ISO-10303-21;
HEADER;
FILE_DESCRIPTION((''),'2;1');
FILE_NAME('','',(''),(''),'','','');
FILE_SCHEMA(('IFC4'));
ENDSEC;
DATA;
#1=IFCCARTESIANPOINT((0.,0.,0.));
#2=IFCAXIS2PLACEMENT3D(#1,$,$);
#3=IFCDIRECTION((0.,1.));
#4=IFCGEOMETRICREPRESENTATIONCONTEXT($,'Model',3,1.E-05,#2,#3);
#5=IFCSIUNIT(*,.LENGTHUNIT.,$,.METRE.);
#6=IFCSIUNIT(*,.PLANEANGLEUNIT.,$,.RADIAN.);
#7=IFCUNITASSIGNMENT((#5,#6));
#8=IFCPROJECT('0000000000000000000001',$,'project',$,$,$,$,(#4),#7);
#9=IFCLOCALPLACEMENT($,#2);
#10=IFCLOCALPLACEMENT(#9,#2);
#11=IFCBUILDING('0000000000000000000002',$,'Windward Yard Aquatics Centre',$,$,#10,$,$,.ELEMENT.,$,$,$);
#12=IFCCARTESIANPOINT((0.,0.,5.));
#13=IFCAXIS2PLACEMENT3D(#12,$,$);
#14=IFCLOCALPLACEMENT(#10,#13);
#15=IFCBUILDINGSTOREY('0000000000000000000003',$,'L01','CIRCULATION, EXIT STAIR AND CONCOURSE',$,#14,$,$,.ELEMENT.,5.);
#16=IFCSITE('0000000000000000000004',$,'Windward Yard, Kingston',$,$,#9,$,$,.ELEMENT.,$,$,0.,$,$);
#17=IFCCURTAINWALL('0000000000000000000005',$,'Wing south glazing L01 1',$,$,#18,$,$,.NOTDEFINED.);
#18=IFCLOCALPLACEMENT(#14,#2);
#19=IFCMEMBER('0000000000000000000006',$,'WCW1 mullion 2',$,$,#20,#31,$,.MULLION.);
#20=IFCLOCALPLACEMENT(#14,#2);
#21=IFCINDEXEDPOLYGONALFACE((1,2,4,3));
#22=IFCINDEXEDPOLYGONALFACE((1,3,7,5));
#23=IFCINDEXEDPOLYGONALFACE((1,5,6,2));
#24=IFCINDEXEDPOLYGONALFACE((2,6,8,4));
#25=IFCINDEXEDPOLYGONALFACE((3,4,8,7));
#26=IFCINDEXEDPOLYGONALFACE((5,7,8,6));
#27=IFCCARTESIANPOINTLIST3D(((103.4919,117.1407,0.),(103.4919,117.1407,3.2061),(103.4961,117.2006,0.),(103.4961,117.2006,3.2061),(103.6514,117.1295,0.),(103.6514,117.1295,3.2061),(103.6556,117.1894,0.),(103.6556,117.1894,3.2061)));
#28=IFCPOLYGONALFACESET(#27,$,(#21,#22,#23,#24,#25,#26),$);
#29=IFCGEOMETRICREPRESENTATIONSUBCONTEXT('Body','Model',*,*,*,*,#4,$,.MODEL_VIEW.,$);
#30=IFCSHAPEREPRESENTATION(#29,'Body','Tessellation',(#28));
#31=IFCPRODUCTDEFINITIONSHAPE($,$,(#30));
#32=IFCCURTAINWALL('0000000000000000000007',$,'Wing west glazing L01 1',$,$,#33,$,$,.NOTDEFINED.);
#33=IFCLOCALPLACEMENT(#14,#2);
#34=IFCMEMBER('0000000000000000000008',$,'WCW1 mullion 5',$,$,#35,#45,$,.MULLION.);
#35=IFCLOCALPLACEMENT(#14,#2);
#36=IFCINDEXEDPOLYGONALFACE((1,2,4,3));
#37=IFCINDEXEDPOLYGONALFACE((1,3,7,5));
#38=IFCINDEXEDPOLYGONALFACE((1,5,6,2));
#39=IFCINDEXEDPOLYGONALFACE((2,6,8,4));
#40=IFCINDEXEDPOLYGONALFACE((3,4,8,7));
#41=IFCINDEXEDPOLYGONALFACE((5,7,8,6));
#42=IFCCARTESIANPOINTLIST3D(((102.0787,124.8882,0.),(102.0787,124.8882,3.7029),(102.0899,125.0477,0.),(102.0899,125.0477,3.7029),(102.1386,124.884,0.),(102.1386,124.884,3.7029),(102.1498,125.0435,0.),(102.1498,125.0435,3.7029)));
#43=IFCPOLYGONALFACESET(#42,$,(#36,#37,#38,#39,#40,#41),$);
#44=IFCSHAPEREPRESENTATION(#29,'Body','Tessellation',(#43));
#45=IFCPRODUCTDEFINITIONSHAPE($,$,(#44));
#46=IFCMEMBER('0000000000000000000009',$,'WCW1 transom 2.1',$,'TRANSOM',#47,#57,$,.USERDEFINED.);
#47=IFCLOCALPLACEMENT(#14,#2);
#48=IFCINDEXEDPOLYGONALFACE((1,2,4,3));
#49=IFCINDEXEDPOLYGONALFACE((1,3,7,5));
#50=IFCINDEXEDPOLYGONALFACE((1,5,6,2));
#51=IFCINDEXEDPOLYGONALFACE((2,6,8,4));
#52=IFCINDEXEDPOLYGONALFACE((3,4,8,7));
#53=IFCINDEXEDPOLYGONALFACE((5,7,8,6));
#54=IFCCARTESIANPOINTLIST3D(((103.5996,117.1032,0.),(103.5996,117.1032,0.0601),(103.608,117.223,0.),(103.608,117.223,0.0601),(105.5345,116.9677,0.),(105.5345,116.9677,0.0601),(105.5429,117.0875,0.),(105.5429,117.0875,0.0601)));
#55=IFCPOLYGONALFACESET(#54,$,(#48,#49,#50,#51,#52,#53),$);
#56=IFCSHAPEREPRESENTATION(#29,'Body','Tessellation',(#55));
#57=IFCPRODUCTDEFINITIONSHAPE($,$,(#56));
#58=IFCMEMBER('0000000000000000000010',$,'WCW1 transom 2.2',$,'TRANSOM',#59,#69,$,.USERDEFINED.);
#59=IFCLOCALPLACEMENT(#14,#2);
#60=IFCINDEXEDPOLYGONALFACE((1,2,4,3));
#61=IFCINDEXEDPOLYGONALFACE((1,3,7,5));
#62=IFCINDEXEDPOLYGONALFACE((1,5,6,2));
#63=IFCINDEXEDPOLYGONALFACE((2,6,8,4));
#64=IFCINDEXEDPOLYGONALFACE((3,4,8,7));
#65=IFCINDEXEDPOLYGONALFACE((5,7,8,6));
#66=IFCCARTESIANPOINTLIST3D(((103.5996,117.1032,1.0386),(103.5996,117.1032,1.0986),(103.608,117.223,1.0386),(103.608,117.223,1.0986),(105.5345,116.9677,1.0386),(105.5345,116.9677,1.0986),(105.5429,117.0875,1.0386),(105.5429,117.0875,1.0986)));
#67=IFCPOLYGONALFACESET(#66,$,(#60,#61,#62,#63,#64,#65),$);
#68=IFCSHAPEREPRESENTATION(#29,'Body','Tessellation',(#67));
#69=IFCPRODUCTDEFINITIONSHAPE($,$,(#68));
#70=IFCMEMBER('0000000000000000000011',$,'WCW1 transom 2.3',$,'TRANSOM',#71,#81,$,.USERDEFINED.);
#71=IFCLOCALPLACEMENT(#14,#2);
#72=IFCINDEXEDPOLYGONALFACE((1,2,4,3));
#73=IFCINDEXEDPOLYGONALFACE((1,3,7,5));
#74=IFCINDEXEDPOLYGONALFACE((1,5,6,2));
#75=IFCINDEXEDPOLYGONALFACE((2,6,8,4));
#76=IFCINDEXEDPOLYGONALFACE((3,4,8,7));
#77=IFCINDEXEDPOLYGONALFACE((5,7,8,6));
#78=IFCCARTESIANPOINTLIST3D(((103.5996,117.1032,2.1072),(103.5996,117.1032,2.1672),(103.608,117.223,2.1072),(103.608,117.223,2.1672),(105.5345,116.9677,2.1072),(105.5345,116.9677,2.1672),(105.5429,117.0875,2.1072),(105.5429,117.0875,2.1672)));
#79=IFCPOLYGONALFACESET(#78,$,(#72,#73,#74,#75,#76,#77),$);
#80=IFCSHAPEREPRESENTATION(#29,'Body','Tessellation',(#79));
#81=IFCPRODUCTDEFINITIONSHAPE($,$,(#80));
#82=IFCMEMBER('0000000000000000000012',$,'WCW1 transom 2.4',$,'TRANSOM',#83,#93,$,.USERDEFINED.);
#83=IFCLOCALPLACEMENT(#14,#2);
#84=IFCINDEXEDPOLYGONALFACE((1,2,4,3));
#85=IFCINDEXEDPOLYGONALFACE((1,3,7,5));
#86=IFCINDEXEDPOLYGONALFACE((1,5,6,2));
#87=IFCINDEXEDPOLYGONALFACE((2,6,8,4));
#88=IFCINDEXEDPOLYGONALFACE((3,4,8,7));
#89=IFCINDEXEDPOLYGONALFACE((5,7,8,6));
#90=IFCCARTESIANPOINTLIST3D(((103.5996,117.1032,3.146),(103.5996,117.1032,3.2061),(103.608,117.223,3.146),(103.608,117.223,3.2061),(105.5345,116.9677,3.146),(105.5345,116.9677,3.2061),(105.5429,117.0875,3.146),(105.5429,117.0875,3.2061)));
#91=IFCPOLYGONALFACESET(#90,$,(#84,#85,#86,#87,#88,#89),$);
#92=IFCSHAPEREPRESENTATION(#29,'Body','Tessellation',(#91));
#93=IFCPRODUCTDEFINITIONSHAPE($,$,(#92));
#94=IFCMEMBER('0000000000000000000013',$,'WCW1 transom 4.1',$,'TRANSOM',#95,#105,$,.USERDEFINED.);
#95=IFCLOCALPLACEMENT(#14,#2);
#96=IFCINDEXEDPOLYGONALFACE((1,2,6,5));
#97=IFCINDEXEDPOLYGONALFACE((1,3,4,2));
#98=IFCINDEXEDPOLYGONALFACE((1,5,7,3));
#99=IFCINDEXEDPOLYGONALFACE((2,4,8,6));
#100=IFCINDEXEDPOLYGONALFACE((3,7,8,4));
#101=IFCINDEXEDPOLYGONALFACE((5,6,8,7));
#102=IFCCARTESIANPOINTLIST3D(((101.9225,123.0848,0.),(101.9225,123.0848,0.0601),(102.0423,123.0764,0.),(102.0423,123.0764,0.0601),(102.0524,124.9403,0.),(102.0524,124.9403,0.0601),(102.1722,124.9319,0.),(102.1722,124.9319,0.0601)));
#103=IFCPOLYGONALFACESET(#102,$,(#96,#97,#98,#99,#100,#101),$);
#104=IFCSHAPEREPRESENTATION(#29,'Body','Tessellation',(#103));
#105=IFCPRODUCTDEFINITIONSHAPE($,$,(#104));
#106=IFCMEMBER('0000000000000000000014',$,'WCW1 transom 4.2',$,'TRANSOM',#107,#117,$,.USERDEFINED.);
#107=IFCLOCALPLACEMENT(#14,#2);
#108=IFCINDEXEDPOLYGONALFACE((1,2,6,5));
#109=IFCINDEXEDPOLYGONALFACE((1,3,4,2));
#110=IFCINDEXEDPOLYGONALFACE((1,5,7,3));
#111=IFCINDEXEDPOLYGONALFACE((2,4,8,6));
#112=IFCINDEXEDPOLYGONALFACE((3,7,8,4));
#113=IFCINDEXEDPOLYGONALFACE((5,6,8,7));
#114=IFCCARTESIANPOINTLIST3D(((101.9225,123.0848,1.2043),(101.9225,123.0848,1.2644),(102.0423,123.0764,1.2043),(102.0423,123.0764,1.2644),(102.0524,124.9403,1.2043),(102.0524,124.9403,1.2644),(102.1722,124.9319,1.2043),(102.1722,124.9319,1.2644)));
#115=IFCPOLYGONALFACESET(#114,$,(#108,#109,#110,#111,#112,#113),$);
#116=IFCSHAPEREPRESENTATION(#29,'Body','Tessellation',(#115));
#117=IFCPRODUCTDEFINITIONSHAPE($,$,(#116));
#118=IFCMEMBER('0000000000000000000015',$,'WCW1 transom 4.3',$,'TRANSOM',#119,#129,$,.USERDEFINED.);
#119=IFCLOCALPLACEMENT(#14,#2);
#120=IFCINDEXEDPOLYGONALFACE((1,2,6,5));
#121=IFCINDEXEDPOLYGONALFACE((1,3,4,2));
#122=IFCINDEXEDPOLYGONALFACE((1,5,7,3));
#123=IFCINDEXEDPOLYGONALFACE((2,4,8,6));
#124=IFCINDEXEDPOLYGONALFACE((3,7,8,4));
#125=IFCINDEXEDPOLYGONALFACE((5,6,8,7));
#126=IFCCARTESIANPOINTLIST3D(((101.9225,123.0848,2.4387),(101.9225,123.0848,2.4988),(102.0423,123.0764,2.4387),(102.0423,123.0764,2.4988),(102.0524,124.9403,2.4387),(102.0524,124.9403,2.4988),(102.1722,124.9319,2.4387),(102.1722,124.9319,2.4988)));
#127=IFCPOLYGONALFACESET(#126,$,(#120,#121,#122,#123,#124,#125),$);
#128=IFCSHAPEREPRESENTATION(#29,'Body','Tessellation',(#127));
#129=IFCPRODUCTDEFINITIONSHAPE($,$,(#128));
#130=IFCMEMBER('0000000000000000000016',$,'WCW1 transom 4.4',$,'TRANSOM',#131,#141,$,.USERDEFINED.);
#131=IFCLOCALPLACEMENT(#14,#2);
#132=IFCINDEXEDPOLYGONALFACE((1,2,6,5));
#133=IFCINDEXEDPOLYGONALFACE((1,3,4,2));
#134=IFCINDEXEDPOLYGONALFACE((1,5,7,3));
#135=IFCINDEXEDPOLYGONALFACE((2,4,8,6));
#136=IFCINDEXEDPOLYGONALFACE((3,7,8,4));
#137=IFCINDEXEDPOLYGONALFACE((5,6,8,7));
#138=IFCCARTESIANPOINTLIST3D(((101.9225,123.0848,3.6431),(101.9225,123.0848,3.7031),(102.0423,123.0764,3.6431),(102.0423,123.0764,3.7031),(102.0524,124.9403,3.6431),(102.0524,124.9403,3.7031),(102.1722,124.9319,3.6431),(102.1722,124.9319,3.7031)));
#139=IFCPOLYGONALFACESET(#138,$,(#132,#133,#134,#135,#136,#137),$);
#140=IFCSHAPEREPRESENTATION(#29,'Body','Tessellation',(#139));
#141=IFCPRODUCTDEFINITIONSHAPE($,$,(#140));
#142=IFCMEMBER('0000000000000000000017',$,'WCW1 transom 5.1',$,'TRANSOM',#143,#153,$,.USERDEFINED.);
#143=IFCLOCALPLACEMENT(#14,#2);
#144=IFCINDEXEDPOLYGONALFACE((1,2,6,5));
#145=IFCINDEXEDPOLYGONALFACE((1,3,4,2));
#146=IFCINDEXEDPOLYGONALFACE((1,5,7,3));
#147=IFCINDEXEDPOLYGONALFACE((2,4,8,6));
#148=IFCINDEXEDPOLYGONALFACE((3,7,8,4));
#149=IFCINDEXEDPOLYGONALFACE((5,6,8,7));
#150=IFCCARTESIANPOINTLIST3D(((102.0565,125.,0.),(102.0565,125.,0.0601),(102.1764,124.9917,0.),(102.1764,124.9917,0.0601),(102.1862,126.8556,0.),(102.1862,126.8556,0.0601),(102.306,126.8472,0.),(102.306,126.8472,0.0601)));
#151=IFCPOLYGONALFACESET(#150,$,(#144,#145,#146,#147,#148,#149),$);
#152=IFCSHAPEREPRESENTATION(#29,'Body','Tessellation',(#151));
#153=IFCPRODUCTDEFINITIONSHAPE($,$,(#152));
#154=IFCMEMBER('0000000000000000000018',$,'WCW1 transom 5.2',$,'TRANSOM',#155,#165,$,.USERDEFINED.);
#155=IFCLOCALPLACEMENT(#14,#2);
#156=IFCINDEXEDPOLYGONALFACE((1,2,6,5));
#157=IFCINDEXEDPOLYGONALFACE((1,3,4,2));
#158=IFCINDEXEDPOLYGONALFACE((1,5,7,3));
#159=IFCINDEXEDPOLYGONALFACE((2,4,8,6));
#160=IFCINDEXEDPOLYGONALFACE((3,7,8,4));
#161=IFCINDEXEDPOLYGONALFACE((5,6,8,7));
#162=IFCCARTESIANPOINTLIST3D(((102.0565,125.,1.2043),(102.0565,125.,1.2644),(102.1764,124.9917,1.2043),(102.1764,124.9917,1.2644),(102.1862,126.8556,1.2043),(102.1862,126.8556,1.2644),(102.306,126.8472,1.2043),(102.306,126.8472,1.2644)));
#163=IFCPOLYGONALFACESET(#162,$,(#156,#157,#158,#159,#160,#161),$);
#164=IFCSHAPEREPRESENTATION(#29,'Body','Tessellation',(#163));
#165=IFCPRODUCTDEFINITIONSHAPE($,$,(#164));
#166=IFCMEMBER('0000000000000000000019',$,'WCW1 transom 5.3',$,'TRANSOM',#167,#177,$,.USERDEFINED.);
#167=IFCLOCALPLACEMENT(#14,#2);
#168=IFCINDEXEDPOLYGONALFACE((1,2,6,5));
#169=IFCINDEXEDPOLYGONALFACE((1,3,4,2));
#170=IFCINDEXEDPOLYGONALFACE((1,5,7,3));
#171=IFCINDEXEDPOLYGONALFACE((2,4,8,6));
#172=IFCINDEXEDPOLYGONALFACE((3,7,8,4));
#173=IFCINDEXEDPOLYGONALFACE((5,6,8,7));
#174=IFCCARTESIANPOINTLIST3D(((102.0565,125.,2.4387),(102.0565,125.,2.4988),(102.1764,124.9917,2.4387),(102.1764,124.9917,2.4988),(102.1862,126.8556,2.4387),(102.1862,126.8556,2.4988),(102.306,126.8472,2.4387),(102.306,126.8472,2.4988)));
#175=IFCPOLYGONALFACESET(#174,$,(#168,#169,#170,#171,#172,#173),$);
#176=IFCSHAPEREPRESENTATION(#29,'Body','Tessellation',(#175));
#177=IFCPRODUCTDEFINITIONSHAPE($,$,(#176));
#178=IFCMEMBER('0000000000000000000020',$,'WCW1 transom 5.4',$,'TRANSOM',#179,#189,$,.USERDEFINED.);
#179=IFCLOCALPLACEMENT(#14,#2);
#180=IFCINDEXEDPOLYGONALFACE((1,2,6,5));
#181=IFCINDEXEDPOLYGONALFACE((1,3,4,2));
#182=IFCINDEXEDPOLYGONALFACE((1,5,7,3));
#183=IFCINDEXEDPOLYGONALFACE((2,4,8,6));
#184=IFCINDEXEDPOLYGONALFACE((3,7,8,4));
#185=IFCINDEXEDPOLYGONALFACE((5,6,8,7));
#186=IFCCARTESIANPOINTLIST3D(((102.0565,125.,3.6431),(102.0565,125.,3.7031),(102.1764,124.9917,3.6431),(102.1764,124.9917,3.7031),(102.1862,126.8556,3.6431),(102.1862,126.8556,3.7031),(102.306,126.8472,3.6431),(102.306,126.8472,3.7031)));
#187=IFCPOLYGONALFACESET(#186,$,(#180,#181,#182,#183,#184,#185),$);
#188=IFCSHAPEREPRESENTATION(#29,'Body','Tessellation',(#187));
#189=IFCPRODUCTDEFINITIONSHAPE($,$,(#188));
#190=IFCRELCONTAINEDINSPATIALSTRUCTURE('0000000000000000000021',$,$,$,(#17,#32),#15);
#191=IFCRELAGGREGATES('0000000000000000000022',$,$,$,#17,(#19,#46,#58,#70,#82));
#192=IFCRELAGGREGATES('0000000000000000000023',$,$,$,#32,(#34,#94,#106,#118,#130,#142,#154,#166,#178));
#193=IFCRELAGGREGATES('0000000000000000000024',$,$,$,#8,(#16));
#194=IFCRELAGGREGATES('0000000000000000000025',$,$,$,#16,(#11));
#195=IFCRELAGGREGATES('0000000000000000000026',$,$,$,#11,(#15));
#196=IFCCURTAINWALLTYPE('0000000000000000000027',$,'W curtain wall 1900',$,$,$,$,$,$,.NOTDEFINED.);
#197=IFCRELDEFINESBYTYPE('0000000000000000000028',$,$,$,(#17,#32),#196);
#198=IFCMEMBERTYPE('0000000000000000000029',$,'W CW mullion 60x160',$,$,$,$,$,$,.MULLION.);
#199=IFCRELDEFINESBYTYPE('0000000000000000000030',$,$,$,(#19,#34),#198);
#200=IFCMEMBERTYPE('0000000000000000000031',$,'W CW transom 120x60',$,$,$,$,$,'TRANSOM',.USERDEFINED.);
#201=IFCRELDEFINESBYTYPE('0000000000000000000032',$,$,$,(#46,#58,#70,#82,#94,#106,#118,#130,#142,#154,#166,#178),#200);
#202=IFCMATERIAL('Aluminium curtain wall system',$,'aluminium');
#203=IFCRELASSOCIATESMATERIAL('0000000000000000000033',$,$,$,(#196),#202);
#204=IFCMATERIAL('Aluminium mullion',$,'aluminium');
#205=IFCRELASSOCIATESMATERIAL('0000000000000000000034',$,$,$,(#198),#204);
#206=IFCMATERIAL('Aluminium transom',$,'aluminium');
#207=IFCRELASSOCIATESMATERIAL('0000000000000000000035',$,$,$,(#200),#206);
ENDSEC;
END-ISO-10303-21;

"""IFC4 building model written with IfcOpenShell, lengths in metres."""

from ifc_helpers import new_model, si_unit, direction, frame, origin, origin_2d, place, context, subcontext, project, spatial, rectangle, extrude, material, material_profile, profile_set, type_object, element, aggregate, save


model = new_model("IFC4")

# Units and contexts
model_context = context("Model", 3, precision=1e-05, world=origin(), true_north=direction((0.0, 1.0)))
body_context = subcontext(model_context, "Body", "Model", "MODEL_VIEW")
ifc_project = project(units=[si_unit("LENGTHUNIT", "METRE"), si_unit("PLANEANGLEUNIT", "RADIAN")], contexts=[model_context])

# Site, building, storey
site_placement = place(None, origin())
site = spatial("IfcSite", under=ifc_project, at=site_placement, Name="Windward Yard, Kingston", CompositionType="ELEMENT", RefElevation=0.0)
building_placement = place(site_placement, origin())
building = spatial("IfcBuilding", under=site, at=building_placement, Name="Windward Yard Aquatics Centre", CompositionType="ELEMENT")
storey_placement = place(building_placement, frame((0.0, 0.0, 5.0)))
storey = spatial("IfcBuildingStorey", under=building, at=storey_placement, Name="L01", Description="CIRCULATION, EXIT STAIR AND CONCOURSE", CompositionType="ELEMENT", Elevation=5.0)

# Curtain walls, members
ifc_material_1 = material(Name="Aluminium curtain wall system", Category="aluminium")
curtain_wall_type = type_object("IfcCurtainWallType", Name="W curtain wall 1900", PredefinedType="NOTDEFINED", material=ifc_material_1)
curtain_wall_1_placement = place(storey_placement, origin())
curtain_wall_1 = element("IfcCurtainWall", 1, at=curtain_wall_1_placement, inside=storey, type_object=curtain_wall_type, Name="Wing south glazing L01 1", PredefinedType="NOTDEFINED")
ifc_material_2 = material(Name="Aluminium mullion", Category="aluminium")
ifc_material_profile_1 = material_profile(ifc_material_2, rectangle(XDim=0.0601, YDim=0.1599, at=origin_2d()), Name="AL 60x160")
ifc_profile_set_1 = profile_set([ifc_material_profile_1], Name="Aluminium mullion")
member_type_1 = type_object("IfcMemberType", Name="W CW mullion 60x160", PredefinedType="MULLION", material=ifc_profile_set_1)
member_1_placement = place(storey_placement, frame((103.5737, 117.165, 0.0), z_axis=(0.0, 0.0, 1.0), x_axis=(0.069766, 0.997563, 0.0)))
member_1 = element("IfcMember", 2, at=member_1_placement, type_object=member_type_1, Name="WCW1 mullion 2", PredefinedType="MULLION", context=body_context, shape_type="SweptSolid", body=[
    extrude(rectangle(XDim=0.0601, YDim=0.1599, at=origin_2d()), origin(), (0.0, 0.0, 1.0), 3.2061),
])
curtain_wall_2_placement = place(storey_placement, origin())
curtain_wall_2 = element("IfcCurtainWall", 3, at=curtain_wall_2_placement, inside=storey, type_object=curtain_wall_type, Name="Wing west glazing L01 1", PredefinedType="NOTDEFINED")
member_2_placement = place(storey_placement, frame((102.1143, 124.9658, 0.0), z_axis=(0.0, 0.0, 1.0), x_axis=(-0.997564, 0.069755, 0.0)))
member_2 = element("IfcMember", 4, at=member_2_placement, type_object=member_type_1, Name="WCW1 mullion 5", PredefinedType="MULLION", context=body_context, shape_type="SweptSolid", body=[
    extrude(rectangle(XDim=0.0601, YDim=0.1599, at=origin_2d()), origin(), (0.0, 0.0, 1.0), 3.7029),
])

# Members
ifc_material_3 = material(Name="Aluminium transom", Category="aluminium")
ifc_material_profile_2 = material_profile(ifc_material_3, rectangle(XDim=0.1201, YDim=0.0601, at=origin_2d()), Name="AL 120x60")
ifc_profile_set_2 = profile_set([ifc_material_profile_2], Name="Aluminium transom")
member_type_2 = type_object("IfcMemberType", Name="W CW transom 120x60", ElementType="TRANSOM", PredefinedType="USERDEFINED", material=ifc_profile_set_2)
member_3_placement = place(storey_placement, frame((103.6038, 117.1631, 0.03), z_axis=(0.997557, -0.069852, 0.0), x_axis=(0.069852, 0.997557, 0.0)))
member_3 = element("IfcMember", 5, at=member_3_placement, type_object=member_type_2, Name="WCW1 transom 2.1", ObjectType="TRANSOM", PredefinedType="USERDEFINED", context=body_context, shape_type="SweptSolid", body=[
    extrude(rectangle(XDim=0.1201, YDim=0.0601, at=origin_2d()), origin(), (0.0, 0.0, 1.0), 1.9397),
])
member_4_placement = place(storey_placement, frame((103.6038, 117.1631, 1.0686), z_axis=(0.997557, -0.069852, 0.0), x_axis=(0.069852, 0.997557, 0.0)))
member_4 = element("IfcMember", 6, at=member_4_placement, type_object=member_type_2, Name="WCW1 transom 2.2", ObjectType="TRANSOM", PredefinedType="USERDEFINED", context=body_context, shape_type="SweptSolid", body=[
    extrude(rectangle(XDim=0.1201, YDim=0.0601, at=origin_2d()), origin(), (0.0, 0.0, 1.0), 1.9397),
])
member_5_placement = place(storey_placement, frame((103.6038, 117.1631, 2.1372), z_axis=(0.997557, -0.069852, 0.0), x_axis=(0.069852, 0.997557, 0.0)))
member_5 = element("IfcMember", 7, at=member_5_placement, type_object=member_type_2, Name="WCW1 transom 2.3", ObjectType="TRANSOM", PredefinedType="USERDEFINED", context=body_context, shape_type="SweptSolid", body=[
    extrude(rectangle(XDim=0.1201, YDim=0.0601, at=origin_2d()), origin(), (0.0, 0.0, 1.0), 1.9397),
])
member_6_placement = place(storey_placement, frame((103.6038, 117.1631, 3.176), z_axis=(0.997557, -0.069852, 0.0), x_axis=(0.069852, 0.997557, 0.0)))
member_6 = element("IfcMember", 8, at=member_6_placement, type_object=member_type_2, Name="WCW1 transom 2.4", ObjectType="TRANSOM", PredefinedType="USERDEFINED", context=body_context, shape_type="SweptSolid", body=[
    extrude(rectangle(XDim=0.1201, YDim=0.0601, at=origin_2d()), origin(), (0.0, 0.0, 1.0), 1.9397),
])
member_7_placement = place(storey_placement, frame((101.9824, 123.0806, 0.03), z_axis=(0.069829, 0.997559, 0.0), x_axis=(-0.997559, 0.069829, 0.0)))
member_7 = element("IfcMember", 9, at=member_7_placement, type_object=member_type_2, Name="WCW1 transom 4.1", ObjectType="TRANSOM", PredefinedType="USERDEFINED", context=body_context, shape_type="SweptSolid", body=[
    extrude(rectangle(XDim=0.1201, YDim=0.0601, at=origin_2d()), origin(), (0.0, 0.0, 1.0), 1.8601),
])
member_8_placement = place(storey_placement, frame((101.9824, 123.0806, 1.2344), z_axis=(0.069829, 0.997559, 0.0), x_axis=(-0.997559, 0.069829, 0.0)))
member_8 = element("IfcMember", 10, at=member_8_placement, type_object=member_type_2, Name="WCW1 transom 4.2", ObjectType="TRANSOM", PredefinedType="USERDEFINED", context=body_context, shape_type="SweptSolid", body=[
    extrude(rectangle(XDim=0.1201, YDim=0.0601, at=origin_2d()), origin(), (0.0, 0.0, 1.0), 1.8601),
])
member_9_placement = place(storey_placement, frame((101.9824, 123.0806, 2.4688), z_axis=(0.069829, 0.997559, 0.0), x_axis=(-0.997559, 0.069829, 0.0)))
member_9 = element("IfcMember", 11, at=member_9_placement, type_object=member_type_2, Name="WCW1 transom 4.3", ObjectType="TRANSOM", PredefinedType="USERDEFINED", context=body_context, shape_type="SweptSolid", body=[
    extrude(rectangle(XDim=0.1201, YDim=0.0601, at=origin_2d()), origin(), (0.0, 0.0, 1.0), 1.8601),
])
member_10_placement = place(storey_placement, frame((101.9824, 123.0806, 3.6731), z_axis=(0.069829, 0.997559, 0.0), x_axis=(-0.997559, 0.069829, 0.0)))
member_10 = element("IfcMember", 12, at=member_10_placement, type_object=member_type_2, Name="WCW1 transom 4.4", ObjectType="TRANSOM", PredefinedType="USERDEFINED", context=body_context, shape_type="SweptSolid", body=[
    extrude(rectangle(XDim=0.1201, YDim=0.0601, at=origin_2d()), origin(), (0.0, 0.0, 1.0), 1.8601),
])
member_11_placement = place(storey_placement, frame((102.1165, 124.9958, 0.03), z_axis=(0.069699, 0.997568, 0.0), x_axis=(-0.997568, 0.069699, 0.0)))
member_11 = element("IfcMember", 13, at=member_11_placement, type_object=member_type_2, Name="WCW1 transom 5.1", ObjectType="TRANSOM", PredefinedType="USERDEFINED", context=body_context, shape_type="SweptSolid", body=[
    extrude(rectangle(XDim=0.1201, YDim=0.0601, at=origin_2d()), origin(), (0.0, 0.0, 1.0), 1.8601),
])
member_12_placement = place(storey_placement, frame((102.1165, 124.9958, 1.2344), z_axis=(0.069699, 0.997568, 0.0), x_axis=(-0.997568, 0.069699, 0.0)))
member_12 = element("IfcMember", 14, at=member_12_placement, type_object=member_type_2, Name="WCW1 transom 5.2", ObjectType="TRANSOM", PredefinedType="USERDEFINED", context=body_context, shape_type="SweptSolid", body=[
    extrude(rectangle(XDim=0.1201, YDim=0.0601, at=origin_2d()), origin(), (0.0, 0.0, 1.0), 1.8601),
])
member_13_placement = place(storey_placement, frame((102.1165, 124.9958, 2.4688), z_axis=(0.069699, 0.997568, 0.0), x_axis=(-0.997568, 0.069699, 0.0)))
member_13 = element("IfcMember", 15, at=member_13_placement, type_object=member_type_2, Name="WCW1 transom 5.3", ObjectType="TRANSOM", PredefinedType="USERDEFINED", context=body_context, shape_type="SweptSolid", body=[
    extrude(rectangle(XDim=0.1201, YDim=0.0601, at=origin_2d()), origin(), (0.0, 0.0, 1.0), 1.8601),
])
member_14_placement = place(storey_placement, frame((102.1165, 124.9958, 3.6731), z_axis=(0.069699, 0.997568, 0.0), x_axis=(-0.997568, 0.069699, 0.0)))
member_14 = element("IfcMember", 16, at=member_14_placement, type_object=member_type_2, Name="WCW1 transom 5.4", ObjectType="TRANSOM", PredefinedType="USERDEFINED", context=body_context, shape_type="SweptSolid", body=[
    extrude(rectangle(XDim=0.1201, YDim=0.0601, at=origin_2d()), origin(), (0.0, 0.0, 1.0), 1.8601),
])

aggregate(curtain_wall_1, [member_1, member_3, member_4, member_5, member_6])
aggregate(curtain_wall_2, [member_2, member_7, member_8, member_9, member_10, member_11, member_12, member_13, member_14])

save(model, "model.ifc")
